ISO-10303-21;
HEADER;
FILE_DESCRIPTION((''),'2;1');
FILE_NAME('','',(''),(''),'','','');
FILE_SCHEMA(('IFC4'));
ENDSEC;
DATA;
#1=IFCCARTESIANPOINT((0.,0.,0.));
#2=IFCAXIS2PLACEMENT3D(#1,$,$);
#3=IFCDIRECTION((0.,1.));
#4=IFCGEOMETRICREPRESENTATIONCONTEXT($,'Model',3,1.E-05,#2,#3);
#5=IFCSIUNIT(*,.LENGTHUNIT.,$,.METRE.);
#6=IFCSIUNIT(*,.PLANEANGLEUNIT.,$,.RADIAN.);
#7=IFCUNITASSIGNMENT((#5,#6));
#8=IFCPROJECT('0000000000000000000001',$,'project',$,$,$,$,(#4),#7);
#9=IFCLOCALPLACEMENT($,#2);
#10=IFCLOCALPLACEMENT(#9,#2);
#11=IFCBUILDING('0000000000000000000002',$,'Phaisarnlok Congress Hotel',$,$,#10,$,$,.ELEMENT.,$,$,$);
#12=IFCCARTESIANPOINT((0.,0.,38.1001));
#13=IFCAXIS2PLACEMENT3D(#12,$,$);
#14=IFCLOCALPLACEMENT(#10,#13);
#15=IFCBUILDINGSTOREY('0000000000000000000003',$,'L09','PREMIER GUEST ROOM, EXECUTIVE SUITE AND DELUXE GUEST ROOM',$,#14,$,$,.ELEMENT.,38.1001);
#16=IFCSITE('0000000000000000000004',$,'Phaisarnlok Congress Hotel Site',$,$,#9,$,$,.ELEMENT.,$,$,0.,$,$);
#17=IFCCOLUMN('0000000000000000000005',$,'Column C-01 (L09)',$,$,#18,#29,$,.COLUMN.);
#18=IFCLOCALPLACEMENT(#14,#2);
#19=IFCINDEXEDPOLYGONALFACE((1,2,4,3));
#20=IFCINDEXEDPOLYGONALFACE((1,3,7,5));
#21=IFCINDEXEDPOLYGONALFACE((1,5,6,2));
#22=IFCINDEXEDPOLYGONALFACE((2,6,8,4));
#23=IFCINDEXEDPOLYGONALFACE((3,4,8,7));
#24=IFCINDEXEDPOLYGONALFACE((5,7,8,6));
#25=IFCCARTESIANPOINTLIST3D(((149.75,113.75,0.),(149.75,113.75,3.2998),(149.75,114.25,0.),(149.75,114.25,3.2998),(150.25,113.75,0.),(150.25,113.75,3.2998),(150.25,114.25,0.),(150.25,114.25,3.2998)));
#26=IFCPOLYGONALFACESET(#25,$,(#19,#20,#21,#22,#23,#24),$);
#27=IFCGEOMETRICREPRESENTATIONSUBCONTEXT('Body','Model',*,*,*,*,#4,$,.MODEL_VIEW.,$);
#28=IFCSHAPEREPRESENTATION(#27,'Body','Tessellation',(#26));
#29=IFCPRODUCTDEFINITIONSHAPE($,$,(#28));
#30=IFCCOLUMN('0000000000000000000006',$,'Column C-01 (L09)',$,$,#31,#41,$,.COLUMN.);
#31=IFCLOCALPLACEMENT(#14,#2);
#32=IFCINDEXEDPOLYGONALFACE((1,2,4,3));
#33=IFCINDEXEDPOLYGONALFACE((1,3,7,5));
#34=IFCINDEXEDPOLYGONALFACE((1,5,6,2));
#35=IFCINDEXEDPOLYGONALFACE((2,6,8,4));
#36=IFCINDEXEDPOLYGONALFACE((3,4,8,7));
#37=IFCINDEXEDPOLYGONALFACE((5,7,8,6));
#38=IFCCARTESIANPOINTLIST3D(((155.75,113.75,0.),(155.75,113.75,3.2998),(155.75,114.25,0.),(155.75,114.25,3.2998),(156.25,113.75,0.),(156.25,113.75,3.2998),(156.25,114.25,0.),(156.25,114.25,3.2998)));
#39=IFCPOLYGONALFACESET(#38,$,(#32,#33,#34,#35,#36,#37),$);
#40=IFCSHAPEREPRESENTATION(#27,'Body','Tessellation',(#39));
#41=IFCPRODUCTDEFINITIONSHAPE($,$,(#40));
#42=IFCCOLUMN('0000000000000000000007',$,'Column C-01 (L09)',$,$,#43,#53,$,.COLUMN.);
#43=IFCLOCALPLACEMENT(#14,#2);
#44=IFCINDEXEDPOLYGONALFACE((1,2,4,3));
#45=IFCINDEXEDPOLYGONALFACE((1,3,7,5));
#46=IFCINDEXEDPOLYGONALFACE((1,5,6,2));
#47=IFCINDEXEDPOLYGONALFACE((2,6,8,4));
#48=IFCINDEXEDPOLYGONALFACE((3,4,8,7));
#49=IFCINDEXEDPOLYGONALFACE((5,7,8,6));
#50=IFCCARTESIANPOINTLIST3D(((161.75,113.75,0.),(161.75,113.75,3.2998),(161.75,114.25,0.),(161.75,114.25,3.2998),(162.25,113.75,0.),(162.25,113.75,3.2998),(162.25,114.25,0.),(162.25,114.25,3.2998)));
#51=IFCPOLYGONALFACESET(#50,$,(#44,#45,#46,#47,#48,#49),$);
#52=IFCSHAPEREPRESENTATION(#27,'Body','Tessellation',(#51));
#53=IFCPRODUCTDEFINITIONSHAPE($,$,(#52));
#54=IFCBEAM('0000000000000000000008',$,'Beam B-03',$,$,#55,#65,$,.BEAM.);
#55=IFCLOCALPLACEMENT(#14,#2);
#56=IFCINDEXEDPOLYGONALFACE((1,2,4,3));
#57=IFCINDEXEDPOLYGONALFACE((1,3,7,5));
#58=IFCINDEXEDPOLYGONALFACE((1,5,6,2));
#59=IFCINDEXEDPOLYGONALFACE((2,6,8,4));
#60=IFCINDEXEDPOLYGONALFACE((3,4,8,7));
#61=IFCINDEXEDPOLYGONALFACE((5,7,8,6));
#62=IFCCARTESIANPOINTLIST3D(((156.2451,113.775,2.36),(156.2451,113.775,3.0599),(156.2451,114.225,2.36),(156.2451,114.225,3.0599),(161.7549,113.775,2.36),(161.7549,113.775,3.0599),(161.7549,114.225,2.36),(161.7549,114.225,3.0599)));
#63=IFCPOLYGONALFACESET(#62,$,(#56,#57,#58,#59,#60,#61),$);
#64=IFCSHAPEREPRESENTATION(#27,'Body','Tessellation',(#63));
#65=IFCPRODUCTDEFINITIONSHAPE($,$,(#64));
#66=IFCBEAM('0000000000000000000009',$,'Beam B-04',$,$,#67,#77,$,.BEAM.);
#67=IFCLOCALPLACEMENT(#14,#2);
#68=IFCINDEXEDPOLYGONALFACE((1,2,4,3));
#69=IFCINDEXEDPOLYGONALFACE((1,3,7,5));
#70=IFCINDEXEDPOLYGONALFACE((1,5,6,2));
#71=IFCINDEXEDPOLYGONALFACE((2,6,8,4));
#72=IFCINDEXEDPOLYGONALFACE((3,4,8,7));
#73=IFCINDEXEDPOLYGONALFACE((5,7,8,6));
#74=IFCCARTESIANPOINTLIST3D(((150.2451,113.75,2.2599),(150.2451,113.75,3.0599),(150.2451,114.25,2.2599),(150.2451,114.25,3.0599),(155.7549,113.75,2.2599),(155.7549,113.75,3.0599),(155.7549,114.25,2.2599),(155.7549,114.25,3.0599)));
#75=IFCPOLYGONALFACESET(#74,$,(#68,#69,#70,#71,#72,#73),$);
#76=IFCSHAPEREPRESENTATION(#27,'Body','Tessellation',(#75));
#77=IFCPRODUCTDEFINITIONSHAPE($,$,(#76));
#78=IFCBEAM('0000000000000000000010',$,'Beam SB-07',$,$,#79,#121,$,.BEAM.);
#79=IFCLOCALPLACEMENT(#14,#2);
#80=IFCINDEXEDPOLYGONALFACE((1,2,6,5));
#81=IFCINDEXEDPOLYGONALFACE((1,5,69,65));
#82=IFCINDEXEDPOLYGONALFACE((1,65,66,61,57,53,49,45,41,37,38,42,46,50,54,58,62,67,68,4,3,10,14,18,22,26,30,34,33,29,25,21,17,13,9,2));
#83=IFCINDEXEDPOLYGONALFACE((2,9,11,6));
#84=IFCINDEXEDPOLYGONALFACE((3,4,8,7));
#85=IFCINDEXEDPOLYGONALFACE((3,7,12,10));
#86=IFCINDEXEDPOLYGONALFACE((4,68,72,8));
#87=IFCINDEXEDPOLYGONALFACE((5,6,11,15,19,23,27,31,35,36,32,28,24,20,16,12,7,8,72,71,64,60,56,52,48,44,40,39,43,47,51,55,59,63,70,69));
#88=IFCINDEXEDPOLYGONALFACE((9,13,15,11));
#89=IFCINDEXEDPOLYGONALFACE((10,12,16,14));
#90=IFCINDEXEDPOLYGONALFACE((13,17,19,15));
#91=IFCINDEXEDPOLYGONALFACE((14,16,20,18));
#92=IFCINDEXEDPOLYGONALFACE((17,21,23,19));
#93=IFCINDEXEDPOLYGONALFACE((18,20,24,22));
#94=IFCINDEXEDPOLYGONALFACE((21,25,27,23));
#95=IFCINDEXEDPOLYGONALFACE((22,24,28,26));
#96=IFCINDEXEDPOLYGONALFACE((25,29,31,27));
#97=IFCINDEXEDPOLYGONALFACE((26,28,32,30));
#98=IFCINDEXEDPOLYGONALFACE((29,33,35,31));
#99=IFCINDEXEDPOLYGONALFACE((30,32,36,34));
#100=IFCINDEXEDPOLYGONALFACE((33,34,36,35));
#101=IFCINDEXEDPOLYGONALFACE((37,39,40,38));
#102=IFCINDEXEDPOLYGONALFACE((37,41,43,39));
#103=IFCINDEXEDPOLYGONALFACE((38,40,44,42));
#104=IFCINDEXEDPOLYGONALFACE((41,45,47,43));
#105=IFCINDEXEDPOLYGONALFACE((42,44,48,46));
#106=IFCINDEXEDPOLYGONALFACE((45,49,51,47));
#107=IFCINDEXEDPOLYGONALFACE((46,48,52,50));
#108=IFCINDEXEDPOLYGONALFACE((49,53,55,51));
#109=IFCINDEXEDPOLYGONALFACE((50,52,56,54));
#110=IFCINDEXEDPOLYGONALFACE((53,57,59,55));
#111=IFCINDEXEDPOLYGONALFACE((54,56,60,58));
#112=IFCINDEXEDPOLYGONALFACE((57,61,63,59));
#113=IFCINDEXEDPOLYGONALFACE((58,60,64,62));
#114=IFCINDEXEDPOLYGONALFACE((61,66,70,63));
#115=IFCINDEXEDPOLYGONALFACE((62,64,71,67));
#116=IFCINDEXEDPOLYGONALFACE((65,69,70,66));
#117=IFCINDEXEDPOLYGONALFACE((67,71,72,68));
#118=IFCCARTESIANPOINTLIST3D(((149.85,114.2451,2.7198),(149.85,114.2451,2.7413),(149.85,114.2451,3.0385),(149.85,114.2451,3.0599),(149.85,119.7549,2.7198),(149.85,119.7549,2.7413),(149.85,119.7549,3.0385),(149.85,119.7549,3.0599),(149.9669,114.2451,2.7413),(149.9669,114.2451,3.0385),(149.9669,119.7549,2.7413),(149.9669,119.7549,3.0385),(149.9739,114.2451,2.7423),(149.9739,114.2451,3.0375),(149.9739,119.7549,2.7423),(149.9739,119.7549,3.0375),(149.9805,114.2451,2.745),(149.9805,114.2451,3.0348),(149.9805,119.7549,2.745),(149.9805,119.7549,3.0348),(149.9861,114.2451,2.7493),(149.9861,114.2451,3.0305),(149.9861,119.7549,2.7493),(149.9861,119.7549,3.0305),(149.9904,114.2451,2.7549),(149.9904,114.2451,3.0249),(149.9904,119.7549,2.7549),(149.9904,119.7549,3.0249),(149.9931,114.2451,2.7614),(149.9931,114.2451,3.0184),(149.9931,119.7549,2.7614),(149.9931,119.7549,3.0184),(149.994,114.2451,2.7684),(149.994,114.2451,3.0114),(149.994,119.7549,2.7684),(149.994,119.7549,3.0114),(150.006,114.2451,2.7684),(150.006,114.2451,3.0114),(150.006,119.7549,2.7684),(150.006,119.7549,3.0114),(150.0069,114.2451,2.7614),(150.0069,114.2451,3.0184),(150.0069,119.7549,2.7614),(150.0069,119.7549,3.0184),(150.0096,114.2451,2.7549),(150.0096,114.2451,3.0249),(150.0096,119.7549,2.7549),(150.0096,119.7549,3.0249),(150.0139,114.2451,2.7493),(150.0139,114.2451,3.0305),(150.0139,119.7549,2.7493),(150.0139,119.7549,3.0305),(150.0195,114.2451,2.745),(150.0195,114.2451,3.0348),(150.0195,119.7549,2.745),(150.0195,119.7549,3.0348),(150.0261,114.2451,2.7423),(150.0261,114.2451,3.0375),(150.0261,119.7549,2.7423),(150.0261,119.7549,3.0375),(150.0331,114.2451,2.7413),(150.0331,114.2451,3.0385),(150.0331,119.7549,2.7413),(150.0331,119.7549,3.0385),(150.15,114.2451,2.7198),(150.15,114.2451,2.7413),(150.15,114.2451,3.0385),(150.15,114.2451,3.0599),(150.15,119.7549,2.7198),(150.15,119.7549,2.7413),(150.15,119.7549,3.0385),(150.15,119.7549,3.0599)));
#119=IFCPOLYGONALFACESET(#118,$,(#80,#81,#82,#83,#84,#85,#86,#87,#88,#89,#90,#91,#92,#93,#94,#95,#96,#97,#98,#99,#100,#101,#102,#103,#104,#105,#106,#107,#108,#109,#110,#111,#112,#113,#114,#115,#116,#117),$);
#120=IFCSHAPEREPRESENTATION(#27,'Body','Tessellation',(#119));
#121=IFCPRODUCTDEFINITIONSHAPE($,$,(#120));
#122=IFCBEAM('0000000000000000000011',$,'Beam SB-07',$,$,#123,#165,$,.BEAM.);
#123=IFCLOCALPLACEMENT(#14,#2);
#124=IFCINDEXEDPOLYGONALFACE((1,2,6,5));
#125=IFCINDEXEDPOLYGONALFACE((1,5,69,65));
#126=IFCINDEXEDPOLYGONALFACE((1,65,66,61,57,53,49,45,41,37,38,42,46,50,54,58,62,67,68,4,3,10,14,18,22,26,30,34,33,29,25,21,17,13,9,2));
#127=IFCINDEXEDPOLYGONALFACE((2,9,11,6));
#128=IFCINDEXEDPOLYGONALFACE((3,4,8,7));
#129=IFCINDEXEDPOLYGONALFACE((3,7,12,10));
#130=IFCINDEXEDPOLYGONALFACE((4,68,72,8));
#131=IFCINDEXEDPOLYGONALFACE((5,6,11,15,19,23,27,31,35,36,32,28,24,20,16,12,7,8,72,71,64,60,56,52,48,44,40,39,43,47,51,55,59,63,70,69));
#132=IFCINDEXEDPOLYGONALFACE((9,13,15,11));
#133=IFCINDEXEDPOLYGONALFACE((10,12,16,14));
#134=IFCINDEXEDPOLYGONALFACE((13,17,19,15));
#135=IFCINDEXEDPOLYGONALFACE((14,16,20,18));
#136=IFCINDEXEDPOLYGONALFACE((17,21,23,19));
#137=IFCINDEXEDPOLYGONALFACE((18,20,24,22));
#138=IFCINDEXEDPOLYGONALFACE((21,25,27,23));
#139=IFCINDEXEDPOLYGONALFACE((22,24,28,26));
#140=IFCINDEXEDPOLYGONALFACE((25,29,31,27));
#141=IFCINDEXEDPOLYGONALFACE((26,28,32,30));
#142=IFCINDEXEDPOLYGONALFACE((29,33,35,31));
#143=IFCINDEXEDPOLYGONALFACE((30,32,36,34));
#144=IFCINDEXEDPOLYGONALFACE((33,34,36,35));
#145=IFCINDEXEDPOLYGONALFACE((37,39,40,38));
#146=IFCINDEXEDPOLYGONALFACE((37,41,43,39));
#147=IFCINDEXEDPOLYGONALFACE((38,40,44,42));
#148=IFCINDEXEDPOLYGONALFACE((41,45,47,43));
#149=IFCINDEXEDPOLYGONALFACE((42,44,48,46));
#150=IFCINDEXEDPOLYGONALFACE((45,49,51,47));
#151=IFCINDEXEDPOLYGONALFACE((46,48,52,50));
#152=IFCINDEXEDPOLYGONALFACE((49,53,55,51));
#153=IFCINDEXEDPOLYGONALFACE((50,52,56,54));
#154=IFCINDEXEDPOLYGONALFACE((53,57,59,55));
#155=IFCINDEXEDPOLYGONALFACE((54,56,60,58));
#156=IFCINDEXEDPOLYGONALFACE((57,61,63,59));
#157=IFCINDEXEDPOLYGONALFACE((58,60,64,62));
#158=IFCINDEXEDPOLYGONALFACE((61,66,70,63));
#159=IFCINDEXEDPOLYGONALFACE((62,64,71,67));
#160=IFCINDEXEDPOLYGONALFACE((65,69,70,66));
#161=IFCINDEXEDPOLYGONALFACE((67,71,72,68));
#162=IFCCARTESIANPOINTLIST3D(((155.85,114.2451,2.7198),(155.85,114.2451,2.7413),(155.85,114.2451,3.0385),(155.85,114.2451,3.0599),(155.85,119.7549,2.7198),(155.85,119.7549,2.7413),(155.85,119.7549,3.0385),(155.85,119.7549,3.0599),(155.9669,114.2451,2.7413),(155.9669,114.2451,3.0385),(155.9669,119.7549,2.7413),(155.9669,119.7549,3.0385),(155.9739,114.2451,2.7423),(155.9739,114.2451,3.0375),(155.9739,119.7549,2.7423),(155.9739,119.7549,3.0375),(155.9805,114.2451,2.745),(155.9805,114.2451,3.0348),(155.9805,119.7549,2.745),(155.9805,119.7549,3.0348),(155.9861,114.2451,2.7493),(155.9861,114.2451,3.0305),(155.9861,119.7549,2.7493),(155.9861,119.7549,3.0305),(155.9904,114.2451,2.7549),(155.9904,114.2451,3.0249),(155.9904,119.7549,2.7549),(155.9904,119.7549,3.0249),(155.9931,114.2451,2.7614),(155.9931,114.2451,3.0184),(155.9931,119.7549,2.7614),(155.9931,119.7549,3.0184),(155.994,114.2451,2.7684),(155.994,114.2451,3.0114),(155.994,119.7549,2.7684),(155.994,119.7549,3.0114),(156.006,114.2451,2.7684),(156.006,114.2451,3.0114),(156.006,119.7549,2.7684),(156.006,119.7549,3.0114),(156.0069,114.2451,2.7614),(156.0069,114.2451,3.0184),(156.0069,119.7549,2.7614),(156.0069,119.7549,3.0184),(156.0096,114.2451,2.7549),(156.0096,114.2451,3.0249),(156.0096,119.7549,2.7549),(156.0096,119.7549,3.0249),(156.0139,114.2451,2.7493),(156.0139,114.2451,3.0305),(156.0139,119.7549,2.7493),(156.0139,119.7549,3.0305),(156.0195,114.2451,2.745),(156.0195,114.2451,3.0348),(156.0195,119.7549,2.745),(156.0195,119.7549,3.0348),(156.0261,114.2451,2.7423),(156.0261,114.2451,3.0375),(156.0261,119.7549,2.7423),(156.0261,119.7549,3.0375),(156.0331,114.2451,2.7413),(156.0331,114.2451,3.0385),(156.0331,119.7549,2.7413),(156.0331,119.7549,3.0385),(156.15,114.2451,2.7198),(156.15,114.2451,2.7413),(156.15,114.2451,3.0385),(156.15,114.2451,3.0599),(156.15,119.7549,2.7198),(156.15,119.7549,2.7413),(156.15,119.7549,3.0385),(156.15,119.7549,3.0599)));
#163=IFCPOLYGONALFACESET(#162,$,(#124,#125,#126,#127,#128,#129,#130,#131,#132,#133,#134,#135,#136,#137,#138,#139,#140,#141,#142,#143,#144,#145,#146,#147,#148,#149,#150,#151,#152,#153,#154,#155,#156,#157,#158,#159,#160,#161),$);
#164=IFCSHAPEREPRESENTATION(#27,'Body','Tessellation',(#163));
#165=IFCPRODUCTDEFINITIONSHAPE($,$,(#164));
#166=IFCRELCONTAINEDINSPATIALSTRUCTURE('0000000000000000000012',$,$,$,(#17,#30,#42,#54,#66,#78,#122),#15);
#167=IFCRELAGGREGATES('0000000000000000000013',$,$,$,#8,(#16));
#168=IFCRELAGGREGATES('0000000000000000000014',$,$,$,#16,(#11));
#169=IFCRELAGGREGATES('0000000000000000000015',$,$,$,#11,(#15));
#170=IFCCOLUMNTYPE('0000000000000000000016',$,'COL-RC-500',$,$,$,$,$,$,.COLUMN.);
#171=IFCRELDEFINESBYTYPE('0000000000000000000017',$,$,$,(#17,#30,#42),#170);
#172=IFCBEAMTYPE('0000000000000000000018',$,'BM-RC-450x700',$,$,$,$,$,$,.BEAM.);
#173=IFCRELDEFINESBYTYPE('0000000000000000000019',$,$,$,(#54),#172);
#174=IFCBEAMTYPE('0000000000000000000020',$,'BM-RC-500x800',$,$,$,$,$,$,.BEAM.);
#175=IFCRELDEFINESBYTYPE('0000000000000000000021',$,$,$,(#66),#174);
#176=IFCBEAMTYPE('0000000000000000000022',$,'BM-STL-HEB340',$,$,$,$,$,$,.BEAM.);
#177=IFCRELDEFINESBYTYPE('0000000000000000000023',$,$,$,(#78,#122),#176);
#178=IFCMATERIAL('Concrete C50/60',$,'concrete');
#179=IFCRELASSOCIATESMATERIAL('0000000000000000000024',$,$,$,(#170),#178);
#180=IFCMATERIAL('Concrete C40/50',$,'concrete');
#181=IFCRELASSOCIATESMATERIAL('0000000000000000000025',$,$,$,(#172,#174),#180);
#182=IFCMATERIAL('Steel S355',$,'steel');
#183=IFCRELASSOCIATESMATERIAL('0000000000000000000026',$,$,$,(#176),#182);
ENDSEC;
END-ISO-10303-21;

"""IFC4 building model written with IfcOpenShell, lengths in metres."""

from ifc_helpers import new_model, si_unit, direction, frame, origin, origin_2d, place, context, subcontext, project, spatial, rectangle, i_section, extrude, material, material_profile, profile_set, type_object, element, save


model = new_model("IFC4")

# Units and contexts
model_context = context("Model", 3, precision=1e-05, world=origin(), true_north=direction((0.0, 1.0)))
body_context = subcontext(model_context, "Body", "Model", "MODEL_VIEW")
ifc_project = project(units=[si_unit("LENGTHUNIT", "METRE"), si_unit("PLANEANGLEUNIT", "RADIAN")], contexts=[model_context])

# Site, building, storey
site_placement = place(None, origin())
site = spatial("IfcSite", under=ifc_project, at=site_placement, Name="Phaisarnlok Congress Hotel Site", CompositionType="ELEMENT", RefElevation=0.0)
building_placement = place(site_placement, origin())
building = spatial("IfcBuilding", under=site, at=building_placement, Name="Phaisarnlok Congress Hotel", CompositionType="ELEMENT")
storey_placement = place(building_placement, frame((0.0, 0.0, 38.1001)))
storey = spatial("IfcBuildingStorey", under=building, at=storey_placement, Name="L09", Description="PREMIER GUEST ROOM, EXECUTIVE SUITE AND DELUXE GUEST ROOM", CompositionType="ELEMENT", Elevation=38.1001)

# Columns
ifc_material_1 = material(Name="Concrete C50/60", Category="concrete")
ifc_material_profile_1 = material_profile(ifc_material_1, rectangle(XDim=0.5, YDim=0.5, at=origin_2d()), Name="RC 500x500")
ifc_profile_set_1 = profile_set([ifc_material_profile_1], Name="Concrete C50/60")
column_type = type_object("IfcColumnType", Name="COL-RC-500", PredefinedType="COLUMN", material=ifc_profile_set_1)
for number, where, z_axis, x_axis, name in (
    (1, (150.0, 114.0, 0.0), (0.0, 0.0, 1.0), (1.0, 0.0, 0.0), "Column C-01 (L09)"),
    (2, (156.0, 114.0, 0.0), (0.0, 0.0, 1.0), (1.0, 0.0, 0.0), "Column C-01 (L09)"),
    (3, (162.0, 114.0, 0.0), (0.0, 0.0, 1.0), (1.0, 0.0, 0.0), "Column C-01 (L09)"),
):
    element("IfcColumn", number, at=place(storey_placement, frame(where, z_axis=z_axis, x_axis=x_axis)), inside=storey, type_object=column_type, Name=name, PredefinedType="COLUMN", context=body_context, shape_type="SweptSolid", body=[
        extrude(rectangle(XDim=0.5, YDim=0.5, at=origin_2d()), origin(), (0.0, 0.0, 1.0), 3.2998),
    ])

# Beams
ifc_material_2 = material(Name="Concrete C40/50", Category="concrete")
ifc_material_profile_2 = material_profile(ifc_material_2, rectangle(XDim=0.45, YDim=0.7, at=origin_2d()), Name="RC 450x700")
ifc_profile_set_2 = profile_set([ifc_material_profile_2], Name="Concrete C40/50")
beam_type_1 = type_object("IfcBeamType", Name="BM-RC-450x700", PredefinedType="BEAM", material=ifc_profile_set_2)
beam_1_placement = place(storey_placement, frame((156.2451, 114.0, 2.71), z_axis=(1.0, 0.0, 0.0), x_axis=(0.0, 1.0, 0.0)))
element("IfcBeam", 4, at=beam_1_placement, inside=storey, type_object=beam_type_1, Name="Beam B-03", PredefinedType="BEAM", context=body_context, shape_type="SweptSolid", body=[
    extrude(rectangle(XDim=0.45, YDim=0.7, at=origin_2d()), origin(), (0.0, 0.0, 1.0), 5.5098),
])
ifc_material_profile_3 = material_profile(ifc_material_2, rectangle(XDim=0.5, YDim=0.8, at=origin_2d()), Name="RC 500x800")
ifc_profile_set_3 = profile_set([ifc_material_profile_3], Name="Concrete C40/50")
beam_type_2 = type_object("IfcBeamType", Name="BM-RC-500x800", PredefinedType="BEAM", material=ifc_profile_set_3)
beam_2_placement = place(storey_placement, frame((150.2451, 114.0, 2.6599), z_axis=(1.0, 0.0, 0.0), x_axis=(0.0, 1.0, 0.0)))
element("IfcBeam", 5, at=beam_2_placement, inside=storey, type_object=beam_type_2, Name="Beam B-04", PredefinedType="BEAM", context=body_context, shape_type="SweptSolid", body=[
    extrude(rectangle(XDim=0.5, YDim=0.8, at=origin_2d()), origin(), (0.0, 0.0, 1.0), 5.5098),
])
ifc_material_3 = material(Name="Steel S355", Category="steel")
ifc_material_profile_4 = material_profile(ifc_material_3, i_section(OverallWidth=0.3, OverallDepth=0.3401, WebThickness=0.012, FlangeThickness=0.0215, FilletRadius=0.0271, at=origin_2d()), Name="HEB 340")
ifc_profile_set_4 = profile_set([ifc_material_profile_4], Name="Steel S355")
beam_type_3 = type_object("IfcBeamType", Name="BM-STL-HEB340", PredefinedType="BEAM", material=ifc_profile_set_4)
for number, where, z_axis, x_axis, name in (
    (6, (150.0, 114.2451, 2.8899), (0.0, 1.0, 0.0), (-1.0, 0.0, 0.0), "Beam SB-07"),
    (7, (156.0, 114.2451, 2.8899), (0.0, 1.0, 0.0), (-1.0, 0.0, 0.0), "Beam SB-07"),
):
    element("IfcBeam", number, at=place(storey_placement, frame(where, z_axis=z_axis, x_axis=x_axis)), inside=storey, type_object=beam_type_3, Name=name, PredefinedType="BEAM", context=body_context, shape_type="SweptSolid", body=[
        extrude(i_section(OverallWidth=0.3, OverallDepth=0.3401, WebThickness=0.012, FlangeThickness=0.0215, FilletRadius=0.0271, at=origin_2d()), origin(), (0.0, 0.0, 1.0), 5.5098),
    ])

save(model, "model.ifc")
